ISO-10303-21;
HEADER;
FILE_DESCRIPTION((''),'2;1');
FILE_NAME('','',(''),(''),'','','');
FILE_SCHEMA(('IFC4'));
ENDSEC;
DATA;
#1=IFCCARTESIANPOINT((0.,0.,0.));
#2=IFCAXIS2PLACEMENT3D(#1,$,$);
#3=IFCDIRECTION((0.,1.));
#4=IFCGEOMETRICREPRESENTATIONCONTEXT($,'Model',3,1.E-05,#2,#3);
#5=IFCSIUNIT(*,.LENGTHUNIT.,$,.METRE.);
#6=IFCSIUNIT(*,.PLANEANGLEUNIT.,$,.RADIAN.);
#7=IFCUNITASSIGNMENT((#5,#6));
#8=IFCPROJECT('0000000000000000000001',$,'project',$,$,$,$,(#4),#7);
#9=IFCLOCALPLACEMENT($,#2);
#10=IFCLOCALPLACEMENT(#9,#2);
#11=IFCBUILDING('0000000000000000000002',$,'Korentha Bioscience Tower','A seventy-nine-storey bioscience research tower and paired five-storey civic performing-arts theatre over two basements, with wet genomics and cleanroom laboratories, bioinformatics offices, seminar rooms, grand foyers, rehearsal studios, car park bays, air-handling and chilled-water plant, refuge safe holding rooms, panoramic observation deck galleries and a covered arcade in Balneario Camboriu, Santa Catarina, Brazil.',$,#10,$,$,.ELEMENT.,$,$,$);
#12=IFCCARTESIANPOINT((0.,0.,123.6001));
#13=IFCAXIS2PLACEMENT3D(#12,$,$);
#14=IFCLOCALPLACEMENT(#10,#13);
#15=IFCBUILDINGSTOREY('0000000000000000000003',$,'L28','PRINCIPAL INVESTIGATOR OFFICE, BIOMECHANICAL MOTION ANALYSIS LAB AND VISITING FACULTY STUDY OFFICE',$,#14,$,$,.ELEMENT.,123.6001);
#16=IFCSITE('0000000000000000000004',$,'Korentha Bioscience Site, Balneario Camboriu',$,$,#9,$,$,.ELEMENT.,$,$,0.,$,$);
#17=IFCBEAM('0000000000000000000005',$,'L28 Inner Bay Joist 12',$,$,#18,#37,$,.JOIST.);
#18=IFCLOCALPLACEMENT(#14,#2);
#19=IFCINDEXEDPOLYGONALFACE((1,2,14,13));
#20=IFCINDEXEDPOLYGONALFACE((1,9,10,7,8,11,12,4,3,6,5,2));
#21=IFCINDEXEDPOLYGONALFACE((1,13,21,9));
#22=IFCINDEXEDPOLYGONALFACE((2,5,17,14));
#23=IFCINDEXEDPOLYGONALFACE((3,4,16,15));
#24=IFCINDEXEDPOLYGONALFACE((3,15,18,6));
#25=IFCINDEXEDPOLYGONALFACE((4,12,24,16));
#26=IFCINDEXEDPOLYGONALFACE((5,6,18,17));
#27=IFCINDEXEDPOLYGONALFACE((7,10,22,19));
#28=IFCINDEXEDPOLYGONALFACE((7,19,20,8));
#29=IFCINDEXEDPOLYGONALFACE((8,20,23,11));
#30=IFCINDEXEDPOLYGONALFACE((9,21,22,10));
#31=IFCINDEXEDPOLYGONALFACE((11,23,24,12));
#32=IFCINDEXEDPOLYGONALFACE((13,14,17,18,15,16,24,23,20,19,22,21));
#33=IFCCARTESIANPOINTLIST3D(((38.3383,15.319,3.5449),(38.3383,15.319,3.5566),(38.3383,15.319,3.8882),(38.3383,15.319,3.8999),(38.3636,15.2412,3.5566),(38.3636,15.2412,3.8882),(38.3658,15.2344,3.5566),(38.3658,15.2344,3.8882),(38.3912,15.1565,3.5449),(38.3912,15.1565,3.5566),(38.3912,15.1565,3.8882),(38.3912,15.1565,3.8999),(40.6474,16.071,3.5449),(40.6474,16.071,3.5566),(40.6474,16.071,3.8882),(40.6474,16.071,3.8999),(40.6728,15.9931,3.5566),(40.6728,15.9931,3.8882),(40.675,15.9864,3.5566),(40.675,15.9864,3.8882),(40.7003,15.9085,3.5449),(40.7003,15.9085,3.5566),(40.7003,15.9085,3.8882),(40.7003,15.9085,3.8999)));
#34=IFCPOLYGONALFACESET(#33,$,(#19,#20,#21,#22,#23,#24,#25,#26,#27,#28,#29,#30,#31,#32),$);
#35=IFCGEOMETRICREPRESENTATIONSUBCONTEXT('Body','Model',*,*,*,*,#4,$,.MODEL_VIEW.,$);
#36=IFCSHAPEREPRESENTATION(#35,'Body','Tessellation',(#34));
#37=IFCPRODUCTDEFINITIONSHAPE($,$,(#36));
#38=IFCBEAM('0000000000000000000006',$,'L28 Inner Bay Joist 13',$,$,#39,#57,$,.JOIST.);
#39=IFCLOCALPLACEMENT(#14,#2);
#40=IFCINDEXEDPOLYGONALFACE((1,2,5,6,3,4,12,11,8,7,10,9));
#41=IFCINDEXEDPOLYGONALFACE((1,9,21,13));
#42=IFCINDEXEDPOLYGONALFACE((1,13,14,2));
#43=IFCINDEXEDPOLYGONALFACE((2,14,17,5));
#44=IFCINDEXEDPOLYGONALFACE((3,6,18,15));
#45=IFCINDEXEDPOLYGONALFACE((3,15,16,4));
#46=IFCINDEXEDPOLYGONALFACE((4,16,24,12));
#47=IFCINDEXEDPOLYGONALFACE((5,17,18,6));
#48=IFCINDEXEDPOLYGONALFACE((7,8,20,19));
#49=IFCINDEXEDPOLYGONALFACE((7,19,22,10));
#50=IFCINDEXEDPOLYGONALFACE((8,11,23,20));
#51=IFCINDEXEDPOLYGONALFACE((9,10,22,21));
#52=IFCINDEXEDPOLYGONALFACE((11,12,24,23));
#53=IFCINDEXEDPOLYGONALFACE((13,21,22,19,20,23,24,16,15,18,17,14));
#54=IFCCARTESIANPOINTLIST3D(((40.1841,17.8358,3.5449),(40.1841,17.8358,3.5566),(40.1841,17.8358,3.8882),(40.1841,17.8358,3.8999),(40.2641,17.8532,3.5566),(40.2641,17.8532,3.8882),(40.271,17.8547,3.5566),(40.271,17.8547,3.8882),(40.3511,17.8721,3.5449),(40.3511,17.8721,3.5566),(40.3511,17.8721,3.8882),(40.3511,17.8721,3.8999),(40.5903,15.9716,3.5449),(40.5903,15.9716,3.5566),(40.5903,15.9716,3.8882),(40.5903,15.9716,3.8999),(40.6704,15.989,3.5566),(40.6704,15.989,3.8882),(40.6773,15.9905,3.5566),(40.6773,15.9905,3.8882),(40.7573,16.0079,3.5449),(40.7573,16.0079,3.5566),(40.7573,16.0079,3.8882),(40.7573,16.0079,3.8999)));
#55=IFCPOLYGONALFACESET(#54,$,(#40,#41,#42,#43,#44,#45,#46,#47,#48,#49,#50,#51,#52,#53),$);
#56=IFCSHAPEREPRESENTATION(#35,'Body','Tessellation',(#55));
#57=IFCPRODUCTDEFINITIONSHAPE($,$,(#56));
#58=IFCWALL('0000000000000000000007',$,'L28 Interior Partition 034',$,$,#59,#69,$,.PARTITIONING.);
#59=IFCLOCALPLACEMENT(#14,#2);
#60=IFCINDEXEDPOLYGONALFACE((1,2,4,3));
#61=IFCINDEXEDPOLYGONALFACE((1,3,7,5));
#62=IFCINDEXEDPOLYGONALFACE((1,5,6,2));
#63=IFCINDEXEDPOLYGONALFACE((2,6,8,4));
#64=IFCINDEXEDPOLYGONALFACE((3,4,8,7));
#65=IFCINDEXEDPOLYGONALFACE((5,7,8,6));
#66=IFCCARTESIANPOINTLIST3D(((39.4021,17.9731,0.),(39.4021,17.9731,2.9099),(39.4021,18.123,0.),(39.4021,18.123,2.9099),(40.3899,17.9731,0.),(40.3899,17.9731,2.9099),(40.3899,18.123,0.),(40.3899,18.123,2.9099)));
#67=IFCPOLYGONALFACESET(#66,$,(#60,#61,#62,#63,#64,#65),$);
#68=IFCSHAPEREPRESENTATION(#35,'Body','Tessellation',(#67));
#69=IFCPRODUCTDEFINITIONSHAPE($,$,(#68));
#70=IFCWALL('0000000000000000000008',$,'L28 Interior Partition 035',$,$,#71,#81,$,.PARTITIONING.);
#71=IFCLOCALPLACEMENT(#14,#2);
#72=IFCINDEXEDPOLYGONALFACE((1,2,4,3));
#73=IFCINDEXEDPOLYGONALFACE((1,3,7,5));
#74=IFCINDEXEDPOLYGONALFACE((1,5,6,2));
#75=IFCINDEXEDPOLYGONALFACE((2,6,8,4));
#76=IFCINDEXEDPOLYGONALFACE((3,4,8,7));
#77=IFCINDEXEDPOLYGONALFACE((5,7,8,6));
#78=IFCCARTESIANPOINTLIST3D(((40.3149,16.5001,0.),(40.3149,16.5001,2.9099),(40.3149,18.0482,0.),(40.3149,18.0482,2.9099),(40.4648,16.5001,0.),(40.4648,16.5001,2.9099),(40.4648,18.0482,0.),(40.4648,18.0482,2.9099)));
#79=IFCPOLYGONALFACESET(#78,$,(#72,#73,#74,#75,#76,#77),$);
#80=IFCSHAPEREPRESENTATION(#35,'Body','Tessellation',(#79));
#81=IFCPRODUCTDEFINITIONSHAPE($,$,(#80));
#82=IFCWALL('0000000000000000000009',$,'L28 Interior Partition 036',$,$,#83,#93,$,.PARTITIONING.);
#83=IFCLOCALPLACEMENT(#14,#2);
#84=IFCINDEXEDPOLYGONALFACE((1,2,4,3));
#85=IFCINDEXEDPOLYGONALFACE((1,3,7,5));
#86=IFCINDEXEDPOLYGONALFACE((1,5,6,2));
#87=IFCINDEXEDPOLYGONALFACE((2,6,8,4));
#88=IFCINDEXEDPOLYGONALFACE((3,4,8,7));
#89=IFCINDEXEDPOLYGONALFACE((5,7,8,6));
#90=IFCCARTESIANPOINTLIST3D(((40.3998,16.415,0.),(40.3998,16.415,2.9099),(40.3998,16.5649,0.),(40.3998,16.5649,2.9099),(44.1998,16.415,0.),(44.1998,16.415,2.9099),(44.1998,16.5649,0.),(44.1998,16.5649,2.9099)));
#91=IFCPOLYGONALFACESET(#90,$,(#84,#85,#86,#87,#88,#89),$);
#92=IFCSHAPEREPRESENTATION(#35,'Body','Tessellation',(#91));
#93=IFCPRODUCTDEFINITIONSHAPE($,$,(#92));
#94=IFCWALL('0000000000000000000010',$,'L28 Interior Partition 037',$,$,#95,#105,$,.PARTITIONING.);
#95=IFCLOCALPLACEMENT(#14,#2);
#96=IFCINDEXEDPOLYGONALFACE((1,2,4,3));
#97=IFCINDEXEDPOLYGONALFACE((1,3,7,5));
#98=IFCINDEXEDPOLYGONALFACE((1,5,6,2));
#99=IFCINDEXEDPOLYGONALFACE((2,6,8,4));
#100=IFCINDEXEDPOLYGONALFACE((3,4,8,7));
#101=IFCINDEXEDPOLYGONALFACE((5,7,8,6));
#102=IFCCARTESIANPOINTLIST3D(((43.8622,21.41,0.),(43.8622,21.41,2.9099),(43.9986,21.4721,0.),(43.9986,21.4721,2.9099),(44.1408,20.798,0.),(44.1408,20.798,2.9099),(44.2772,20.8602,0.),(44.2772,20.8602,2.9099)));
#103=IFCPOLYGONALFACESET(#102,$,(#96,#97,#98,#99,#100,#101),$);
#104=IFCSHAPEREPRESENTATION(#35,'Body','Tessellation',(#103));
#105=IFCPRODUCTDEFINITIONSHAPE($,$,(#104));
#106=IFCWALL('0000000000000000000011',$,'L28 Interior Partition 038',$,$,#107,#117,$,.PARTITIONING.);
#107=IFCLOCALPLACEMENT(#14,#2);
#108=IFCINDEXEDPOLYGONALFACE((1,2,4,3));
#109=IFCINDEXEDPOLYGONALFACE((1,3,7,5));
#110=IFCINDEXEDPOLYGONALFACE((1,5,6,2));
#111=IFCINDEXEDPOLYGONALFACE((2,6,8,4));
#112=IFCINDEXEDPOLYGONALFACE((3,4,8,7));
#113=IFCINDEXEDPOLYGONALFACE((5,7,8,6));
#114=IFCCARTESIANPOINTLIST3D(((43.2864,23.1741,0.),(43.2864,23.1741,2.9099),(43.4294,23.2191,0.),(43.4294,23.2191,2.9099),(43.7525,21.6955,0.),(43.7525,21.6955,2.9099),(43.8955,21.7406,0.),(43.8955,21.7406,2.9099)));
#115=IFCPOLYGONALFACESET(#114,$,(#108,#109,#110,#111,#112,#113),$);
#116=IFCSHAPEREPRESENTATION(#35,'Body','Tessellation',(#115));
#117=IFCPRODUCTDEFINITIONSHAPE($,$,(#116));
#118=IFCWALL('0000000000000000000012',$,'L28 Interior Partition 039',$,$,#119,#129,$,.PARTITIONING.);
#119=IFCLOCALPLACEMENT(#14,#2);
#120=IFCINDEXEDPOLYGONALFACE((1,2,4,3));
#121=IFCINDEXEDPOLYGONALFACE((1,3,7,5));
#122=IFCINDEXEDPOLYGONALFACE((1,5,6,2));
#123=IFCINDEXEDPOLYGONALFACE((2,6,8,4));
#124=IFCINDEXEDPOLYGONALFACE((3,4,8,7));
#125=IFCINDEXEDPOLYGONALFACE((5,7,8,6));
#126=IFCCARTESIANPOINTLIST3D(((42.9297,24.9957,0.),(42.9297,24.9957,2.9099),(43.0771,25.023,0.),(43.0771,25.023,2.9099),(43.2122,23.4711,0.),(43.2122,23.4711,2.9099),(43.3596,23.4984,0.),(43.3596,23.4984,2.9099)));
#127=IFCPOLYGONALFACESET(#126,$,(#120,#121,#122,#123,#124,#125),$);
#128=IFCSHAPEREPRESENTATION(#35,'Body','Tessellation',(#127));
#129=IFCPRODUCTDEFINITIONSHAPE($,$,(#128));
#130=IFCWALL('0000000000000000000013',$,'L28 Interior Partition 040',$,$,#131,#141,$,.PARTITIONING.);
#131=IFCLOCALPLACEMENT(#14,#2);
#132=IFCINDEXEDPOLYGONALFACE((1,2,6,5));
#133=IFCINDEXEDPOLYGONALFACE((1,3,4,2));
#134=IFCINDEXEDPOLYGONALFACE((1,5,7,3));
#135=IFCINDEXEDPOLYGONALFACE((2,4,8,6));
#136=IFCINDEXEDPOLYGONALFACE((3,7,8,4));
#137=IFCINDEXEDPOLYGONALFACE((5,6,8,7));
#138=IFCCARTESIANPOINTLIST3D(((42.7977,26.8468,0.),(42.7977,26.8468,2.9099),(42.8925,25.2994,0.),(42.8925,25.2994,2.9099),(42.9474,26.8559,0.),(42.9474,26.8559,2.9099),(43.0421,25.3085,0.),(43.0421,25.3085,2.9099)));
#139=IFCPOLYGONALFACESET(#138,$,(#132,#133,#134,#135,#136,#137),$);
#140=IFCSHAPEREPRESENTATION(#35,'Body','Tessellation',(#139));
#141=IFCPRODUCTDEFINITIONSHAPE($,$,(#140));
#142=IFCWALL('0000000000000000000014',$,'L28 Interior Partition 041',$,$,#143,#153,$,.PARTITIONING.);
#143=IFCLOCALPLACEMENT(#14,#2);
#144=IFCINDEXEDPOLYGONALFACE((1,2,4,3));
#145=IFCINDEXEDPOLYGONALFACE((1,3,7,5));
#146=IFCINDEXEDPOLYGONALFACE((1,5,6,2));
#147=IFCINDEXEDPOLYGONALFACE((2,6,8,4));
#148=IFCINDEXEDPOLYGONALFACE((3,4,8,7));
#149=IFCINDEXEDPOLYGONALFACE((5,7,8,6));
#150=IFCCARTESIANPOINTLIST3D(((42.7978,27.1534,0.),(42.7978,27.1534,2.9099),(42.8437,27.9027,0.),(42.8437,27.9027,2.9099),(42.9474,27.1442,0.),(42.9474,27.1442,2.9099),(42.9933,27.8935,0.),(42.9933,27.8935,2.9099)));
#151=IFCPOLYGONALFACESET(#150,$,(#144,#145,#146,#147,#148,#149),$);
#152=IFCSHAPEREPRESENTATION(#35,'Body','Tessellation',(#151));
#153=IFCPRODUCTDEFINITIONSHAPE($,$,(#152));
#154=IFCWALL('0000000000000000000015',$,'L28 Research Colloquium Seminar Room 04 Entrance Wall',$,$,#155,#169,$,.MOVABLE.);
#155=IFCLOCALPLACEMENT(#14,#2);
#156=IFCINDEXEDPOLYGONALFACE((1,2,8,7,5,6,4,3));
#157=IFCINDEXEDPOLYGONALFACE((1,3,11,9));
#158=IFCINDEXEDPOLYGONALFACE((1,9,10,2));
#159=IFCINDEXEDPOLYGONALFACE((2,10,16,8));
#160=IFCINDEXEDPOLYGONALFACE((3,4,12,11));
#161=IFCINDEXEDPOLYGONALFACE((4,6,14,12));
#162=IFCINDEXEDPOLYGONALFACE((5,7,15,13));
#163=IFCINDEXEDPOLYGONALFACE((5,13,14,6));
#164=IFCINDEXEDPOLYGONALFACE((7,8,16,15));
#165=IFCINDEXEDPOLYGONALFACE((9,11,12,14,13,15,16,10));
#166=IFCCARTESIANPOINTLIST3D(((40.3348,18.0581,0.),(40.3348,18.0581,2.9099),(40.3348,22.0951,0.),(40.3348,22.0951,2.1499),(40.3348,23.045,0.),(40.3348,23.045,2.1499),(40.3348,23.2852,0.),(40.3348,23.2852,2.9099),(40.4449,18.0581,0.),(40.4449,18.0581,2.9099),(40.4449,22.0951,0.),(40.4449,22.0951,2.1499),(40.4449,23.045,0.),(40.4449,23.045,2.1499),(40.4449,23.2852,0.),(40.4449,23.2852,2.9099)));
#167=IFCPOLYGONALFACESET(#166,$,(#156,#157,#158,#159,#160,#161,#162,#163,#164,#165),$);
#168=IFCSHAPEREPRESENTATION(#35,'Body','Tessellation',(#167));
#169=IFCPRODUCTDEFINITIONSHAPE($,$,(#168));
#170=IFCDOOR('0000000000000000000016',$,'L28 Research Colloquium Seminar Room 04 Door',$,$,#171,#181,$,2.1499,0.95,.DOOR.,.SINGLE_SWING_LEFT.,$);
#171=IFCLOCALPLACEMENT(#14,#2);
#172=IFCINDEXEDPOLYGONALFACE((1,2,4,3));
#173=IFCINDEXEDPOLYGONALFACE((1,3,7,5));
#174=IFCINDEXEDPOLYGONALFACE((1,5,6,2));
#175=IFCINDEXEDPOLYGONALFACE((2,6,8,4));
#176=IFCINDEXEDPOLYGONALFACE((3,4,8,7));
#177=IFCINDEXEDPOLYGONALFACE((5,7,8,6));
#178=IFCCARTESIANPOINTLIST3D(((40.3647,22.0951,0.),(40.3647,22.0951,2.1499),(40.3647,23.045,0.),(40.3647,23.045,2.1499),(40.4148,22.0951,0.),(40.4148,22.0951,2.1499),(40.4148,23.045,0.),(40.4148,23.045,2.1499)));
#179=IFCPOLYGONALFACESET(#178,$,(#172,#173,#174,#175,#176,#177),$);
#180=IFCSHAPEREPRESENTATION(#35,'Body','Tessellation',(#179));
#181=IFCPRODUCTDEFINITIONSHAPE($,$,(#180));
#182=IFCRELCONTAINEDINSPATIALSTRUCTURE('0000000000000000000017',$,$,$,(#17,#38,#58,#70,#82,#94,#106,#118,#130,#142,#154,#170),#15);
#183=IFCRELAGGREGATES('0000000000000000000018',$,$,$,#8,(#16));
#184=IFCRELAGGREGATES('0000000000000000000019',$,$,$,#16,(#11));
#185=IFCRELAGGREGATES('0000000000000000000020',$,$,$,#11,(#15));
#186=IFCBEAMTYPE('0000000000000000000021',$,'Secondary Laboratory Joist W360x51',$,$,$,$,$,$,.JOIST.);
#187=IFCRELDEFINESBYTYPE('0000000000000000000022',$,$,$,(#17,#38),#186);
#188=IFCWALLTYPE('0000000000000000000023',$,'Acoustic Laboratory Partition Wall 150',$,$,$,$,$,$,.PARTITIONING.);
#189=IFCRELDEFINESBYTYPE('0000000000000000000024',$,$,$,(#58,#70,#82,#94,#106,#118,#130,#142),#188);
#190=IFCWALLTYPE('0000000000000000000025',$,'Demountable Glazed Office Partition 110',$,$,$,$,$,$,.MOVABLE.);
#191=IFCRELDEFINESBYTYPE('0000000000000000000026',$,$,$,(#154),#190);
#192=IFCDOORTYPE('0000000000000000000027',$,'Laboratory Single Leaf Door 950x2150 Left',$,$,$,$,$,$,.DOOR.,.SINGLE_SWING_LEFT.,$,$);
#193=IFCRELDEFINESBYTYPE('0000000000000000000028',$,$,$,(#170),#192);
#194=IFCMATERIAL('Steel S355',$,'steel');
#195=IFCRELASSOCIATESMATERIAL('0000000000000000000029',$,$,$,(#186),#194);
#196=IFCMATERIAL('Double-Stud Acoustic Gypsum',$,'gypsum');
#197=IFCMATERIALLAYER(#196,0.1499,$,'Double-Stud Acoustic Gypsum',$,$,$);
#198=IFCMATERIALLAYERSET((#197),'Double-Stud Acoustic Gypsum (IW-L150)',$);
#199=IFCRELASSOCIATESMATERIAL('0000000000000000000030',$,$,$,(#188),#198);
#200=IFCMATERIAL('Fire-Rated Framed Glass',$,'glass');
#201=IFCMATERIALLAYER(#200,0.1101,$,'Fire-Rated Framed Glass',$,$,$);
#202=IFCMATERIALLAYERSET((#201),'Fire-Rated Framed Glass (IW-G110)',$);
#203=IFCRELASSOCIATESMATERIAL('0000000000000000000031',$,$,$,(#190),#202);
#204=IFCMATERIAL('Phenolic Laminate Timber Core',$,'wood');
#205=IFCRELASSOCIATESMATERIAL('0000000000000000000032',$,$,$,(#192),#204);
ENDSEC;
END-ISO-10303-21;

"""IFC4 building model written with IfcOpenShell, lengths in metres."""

from ifc_helpers import new_model, si_unit, direction, frame, frame_2d, origin, origin_2d, place, context, subcontext, project, spatial, rectangle, i_section, extrude, material, layer, layer_set, material_profile, profile_set, type_object, element, fill, save


model = new_model("IFC4")

# Units and contexts
model_context = context("Model", 3, precision=1e-05, world=origin(), true_north=direction((0.0, 1.0)))
body_context = subcontext(model_context, "Body", "Model", "MODEL_VIEW")
ifc_project = project(units=[si_unit("LENGTHUNIT", "METRE"), si_unit("PLANEANGLEUNIT", "RADIAN")], contexts=[model_context])

# Site, building, storey
site_placement = place(None, origin())
site = spatial("IfcSite", under=ifc_project, at=site_placement, Name="Korentha Bioscience Site, Balneario Camboriu", CompositionType="ELEMENT", RefElevation=0.0)
building_placement = place(site_placement, origin())
building = spatial("IfcBuilding", under=site, at=building_placement, Name="Korentha Bioscience Tower", Description="A seventy-nine-storey bioscience research tower and paired five-storey civic performing-arts theatre over two basements, with wet genomics and cleanroom laboratories, bioinformatics offices, seminar rooms, grand foyers, rehearsal studios, car park bays, air-handling and chilled-water plant, refuge safe holding rooms, panoramic observation deck galleries and a covered arcade in Balneario Camboriu, Santa Catarina, Brazil.", CompositionType="ELEMENT")
storey_placement = place(building_placement, frame((0.0, 0.0, 123.6001)))
storey = spatial("IfcBuildingStorey", under=building, at=storey_placement, Name="L28", Description="PRINCIPAL INVESTIGATOR OFFICE, BIOMECHANICAL MOTION ANALYSIS LAB AND VISITING FACULTY STUDY OFFICE", CompositionType="ELEMENT", Elevation=123.6001)

# Beams
ifc_material_1 = material(Name="Steel S355", Category="steel")
ifc_material_profile_1 = material_profile(ifc_material_1, i_section(OverallWidth=0.1709, OverallDepth=0.355, WebThickness=0.0071, FlangeThickness=0.0117, at=origin_2d()), Name="Steel S355")
ifc_profile_set_1 = profile_set([ifc_material_profile_1], Name="Steel S355 (JB-360)")
beam_type_1 = type_object("IfcBeamType", Name="Secondary Laboratory Joist W360x51", PredefinedType="JOIST", material=ifc_profile_set_1)
beam_1_placement = place(storey_placement, frame((38.3647, 15.2378, 3.7224), z_axis=(0.950852, 0.309645, 0.0), x_axis=(-0.309645, 0.950852, 0.0)))
element("IfcBeam", 1, at=beam_1_placement, inside=storey, type_object=beam_type_1, Name="L28 Inner Bay Joist 12", PredefinedType="JOIST", context=body_context, shape_type="SweptSolid", body=[
    extrude(i_section(OverallWidth=0.1709, OverallDepth=0.355, WebThickness=0.0071, FlangeThickness=0.0117, at=origin_2d()), origin(), (0.0, 0.0, 1.0), 2.4285),
])
beam_2_placement = place(storey_placement, frame((40.6738, 15.9897, 3.7224), z_axis=(-0.212918, 0.97707, 0.0), x_axis=(-0.97707, -0.212918, 0.0)))
element("IfcBeam", 2, at=beam_2_placement, inside=storey, type_object=beam_type_1, Name="L28 Inner Bay Joist 13", PredefinedType="JOIST", context=body_context, shape_type="SweptSolid", body=[
    extrude(i_section(OverallWidth=0.1709, OverallDepth=0.355, WebThickness=0.0071, FlangeThickness=0.0117, at=origin_2d()), origin(), (0.0, 0.0, 1.0), 1.908),
])

# Shared definitions
ifc_material_2 = material(Name="Double-Stud Acoustic Gypsum", Category="gypsum")
ifc_layer_1 = layer(ifc_material_2, 0.1499, Name="Double-Stud Acoustic Gypsum")
ifc_layer_set_1 = layer_set([ifc_layer_1], Name="Double-Stud Acoustic Gypsum (IW-L150)")
wall_type_1 = type_object("IfcWallType", Name="Acoustic Laboratory Partition Wall 150", PredefinedType="PARTITIONING", material=ifc_layer_set_1)
ifc_material_3 = material(Name="Phenolic Laminate Timber Core", Category="wood")

# Walls
wall_1_placement = place(storey_placement, frame((39.4021, 18.0481, 0.0), z_axis=(0.0, 0.0, 1.0), x_axis=(1.0, 0.0, 0.0)))
element("IfcWall", 3, at=wall_1_placement, inside=storey, type_object=wall_type_1, Name="L28 Interior Partition 034", PredefinedType="PARTITIONING", context=body_context, shape_type="SweptSolid", body=[
    extrude(rectangle(XDim=0.9878, YDim=0.1499, at=frame_2d((0.4939, 0.0))), origin(), (0.0, 0.0, 1.0), 2.9099),
])
wall_2_placement = place(storey_placement, frame((40.3899, 18.0481, 0.0), z_axis=(0.0, 0.0, 1.0), x_axis=(0.0, -1.0, 0.0)))
element("IfcWall", 4, at=wall_2_placement, inside=storey, type_object=wall_type_1, Name="L28 Interior Partition 035", PredefinedType="PARTITIONING", context=body_context, shape_type="SweptSolid", body=[
    extrude(rectangle(XDim=1.5481, YDim=0.1499, at=frame_2d((0.7739, 0.0))), origin(), (0.0, 0.0, 1.0), 2.9099),
])
wall_3_placement = place(storey_placement, frame((40.3999, 16.49, 0.0), z_axis=(0.0, 0.0, 1.0), x_axis=(1.0, 0.0, 0.0)))
element("IfcWall", 5, at=wall_3_placement, inside=storey, type_object=wall_type_1, Name="L28 Interior Partition 036", PredefinedType="PARTITIONING", context=body_context, shape_type="SweptSolid", body=[
    extrude(rectangle(XDim=3.8, YDim=0.1499, at=frame_2d((1.8999, 0.0))), origin(), (0.0, 0.0, 1.0), 2.9099),
])
wall_4_placement = place(storey_placement, frame((44.209, 20.8291, 0.0), z_axis=(0.0, 0.0, 1.0), x_axis=(-0.414377, 0.910105, 0.0)))
element("IfcWall", 6, at=wall_4_placement, inside=storey, type_object=wall_type_1, Name="L28 Interior Partition 037", PredefinedType="PARTITIONING", context=body_context, shape_type="SweptSolid", body=[
    extrude(rectangle(XDim=0.6724, YDim=0.1499, at=frame_2d((0.3362, 0.0))), origin(), (0.0, 0.0, 1.0), 2.9099),
])
wall_5_placement = place(storey_placement, frame((43.824, 21.718, 0.0), z_axis=(0.0, 0.0, 1.0), x_axis=(-0.300641, 0.953737, 0.0)))
element("IfcWall", 7, at=wall_5_placement, inside=storey, type_object=wall_type_1, Name="L28 Interior Partition 038", PredefinedType="PARTITIONING", context=body_context, shape_type="SweptSolid", body=[
    extrude(rectangle(XDim=1.5503, YDim=0.1499, at=frame_2d((0.7751, 0.0))), origin(), (0.0, 0.0, 1.0), 2.9099),
])
wall_6_placement = place(storey_placement, frame((43.2859, 23.4846, 0.0), z_axis=(0.0, 0.0, 1.0), x_axis=(-0.182168, 0.983267, 0.0)))
element("IfcWall", 8, at=wall_6_placement, inside=storey, type_object=wall_type_1, Name="L28 Interior Partition 039", PredefinedType="PARTITIONING", context=body_context, shape_type="SweptSolid", body=[
    extrude(rectangle(XDim=1.5505, YDim=0.1499, at=frame_2d((0.7754, 0.0))), origin(), (0.0, 0.0, 1.0), 2.9099),
])
wall_7_placement = place(storey_placement, frame((42.9673, 25.304, 0.0), z_axis=(0.0, 0.0, 1.0), x_axis=(-0.061104, 0.998131, 0.0)))
element("IfcWall", 9, at=wall_7_placement, inside=storey, type_object=wall_type_1, Name="L28 Interior Partition 040", PredefinedType="PARTITIONING", context=body_context, shape_type="SweptSolid", body=[
    extrude(rectangle(XDim=1.5503, YDim=0.1499, at=frame_2d((0.7751, 0.0))), origin(), (0.0, 0.0, 1.0), 2.9099),
])
wall_8_placement = place(storey_placement, frame((42.8726, 27.1487, 0.0), z_axis=(0.0, 0.0, 1.0), x_axis=(0.061143, 0.998129, 0.0)))
element("IfcWall", 10, at=wall_8_placement, inside=storey, type_object=wall_type_1, Name="L28 Interior Partition 041", PredefinedType="PARTITIONING", context=body_context, shape_type="SweptSolid", body=[
    extrude(rectangle(XDim=0.7507, YDim=0.1499, at=frame_2d((0.3755, 0.0))), origin(), (0.0, 0.0, 1.0), 2.9099),
])

# Wall, opening, door
ifc_material_4 = material(Name="Fire-Rated Framed Glass", Category="glass")
ifc_layer_2 = layer(ifc_material_4, 0.1101, Name="Fire-Rated Framed Glass")
ifc_layer_set_2 = layer_set([ifc_layer_2], Name="Fire-Rated Framed Glass (IW-G110)")
wall_type_2 = type_object("IfcWallType", Name="Demountable Glazed Office Partition 110", PredefinedType="MOVABLE", material=ifc_layer_set_2)
wall_9_placement = place(storey_placement, frame((40.3899, 23.2852, 0.0), z_axis=(0.0, 0.0, 1.0), x_axis=(0.0, -1.0, 0.0)))
wall_9 = element("IfcWall", 11, at=wall_9_placement, inside=storey, type_object=wall_type_2, Name="L28 Research Colloquium Seminar Room 04 Entrance Wall", PredefinedType="MOVABLE", context=body_context, shape_type="SweptSolid", body=[
    extrude(rectangle(XDim=5.2271, YDim=0.1101, at=frame_2d((2.6135, 0.0))), origin(), (0.0, 0.0, 1.0), 2.9099),
])
opening_1_placement = place(wall_9_placement, frame((0.24, 0.0, 0.0)))
opening_1 = element("IfcOpeningElement", 12, at=opening_1_placement, cuts=wall_9, PredefinedType="OPENING", context=body_context, shape_type="SweptSolid", body=[
    extrude(rectangle(XDim=0.95, YDim=2.1499, at=frame_2d((0.4751, 1.075))), frame((0.0, 0.0698, 0.0), z_axis=(0.0, -1.0, 0.0), x_axis=(1.0, 0.0, 0.0)), (0.0, 0.0, 1.0), 0.1399),
])
door_type_1 = type_object("IfcDoorType", Name="Laboratory Single Leaf Door 950x2150 Left", OperationType="SINGLE_SWING_LEFT", PredefinedType="DOOR", material=ifc_material_3)
door_1_placement = place(opening_1_placement, origin())
door_1 = element("IfcDoor", 13, at=door_1_placement, inside=storey, type_object=door_type_1, Name="L28 Research Colloquium Seminar Room 04 Door", OperationType="SINGLE_SWING_LEFT", OverallHeight=2.1499, OverallWidth=0.95, PredefinedType="DOOR", context=body_context, shape_type="SweptSolid", body=[
    extrude(rectangle(XDim=0.95, YDim=2.1499, at=frame_2d((0.4751, 1.075))), frame((0.0, 0.0249, 0.0), z_axis=(0.0, -1.0, 0.0), x_axis=(1.0, 0.0, 0.0)), (0.0, 0.0, 1.0), 0.05),
])
fill(opening_1, door_1)

save(model, "model.ifc")
